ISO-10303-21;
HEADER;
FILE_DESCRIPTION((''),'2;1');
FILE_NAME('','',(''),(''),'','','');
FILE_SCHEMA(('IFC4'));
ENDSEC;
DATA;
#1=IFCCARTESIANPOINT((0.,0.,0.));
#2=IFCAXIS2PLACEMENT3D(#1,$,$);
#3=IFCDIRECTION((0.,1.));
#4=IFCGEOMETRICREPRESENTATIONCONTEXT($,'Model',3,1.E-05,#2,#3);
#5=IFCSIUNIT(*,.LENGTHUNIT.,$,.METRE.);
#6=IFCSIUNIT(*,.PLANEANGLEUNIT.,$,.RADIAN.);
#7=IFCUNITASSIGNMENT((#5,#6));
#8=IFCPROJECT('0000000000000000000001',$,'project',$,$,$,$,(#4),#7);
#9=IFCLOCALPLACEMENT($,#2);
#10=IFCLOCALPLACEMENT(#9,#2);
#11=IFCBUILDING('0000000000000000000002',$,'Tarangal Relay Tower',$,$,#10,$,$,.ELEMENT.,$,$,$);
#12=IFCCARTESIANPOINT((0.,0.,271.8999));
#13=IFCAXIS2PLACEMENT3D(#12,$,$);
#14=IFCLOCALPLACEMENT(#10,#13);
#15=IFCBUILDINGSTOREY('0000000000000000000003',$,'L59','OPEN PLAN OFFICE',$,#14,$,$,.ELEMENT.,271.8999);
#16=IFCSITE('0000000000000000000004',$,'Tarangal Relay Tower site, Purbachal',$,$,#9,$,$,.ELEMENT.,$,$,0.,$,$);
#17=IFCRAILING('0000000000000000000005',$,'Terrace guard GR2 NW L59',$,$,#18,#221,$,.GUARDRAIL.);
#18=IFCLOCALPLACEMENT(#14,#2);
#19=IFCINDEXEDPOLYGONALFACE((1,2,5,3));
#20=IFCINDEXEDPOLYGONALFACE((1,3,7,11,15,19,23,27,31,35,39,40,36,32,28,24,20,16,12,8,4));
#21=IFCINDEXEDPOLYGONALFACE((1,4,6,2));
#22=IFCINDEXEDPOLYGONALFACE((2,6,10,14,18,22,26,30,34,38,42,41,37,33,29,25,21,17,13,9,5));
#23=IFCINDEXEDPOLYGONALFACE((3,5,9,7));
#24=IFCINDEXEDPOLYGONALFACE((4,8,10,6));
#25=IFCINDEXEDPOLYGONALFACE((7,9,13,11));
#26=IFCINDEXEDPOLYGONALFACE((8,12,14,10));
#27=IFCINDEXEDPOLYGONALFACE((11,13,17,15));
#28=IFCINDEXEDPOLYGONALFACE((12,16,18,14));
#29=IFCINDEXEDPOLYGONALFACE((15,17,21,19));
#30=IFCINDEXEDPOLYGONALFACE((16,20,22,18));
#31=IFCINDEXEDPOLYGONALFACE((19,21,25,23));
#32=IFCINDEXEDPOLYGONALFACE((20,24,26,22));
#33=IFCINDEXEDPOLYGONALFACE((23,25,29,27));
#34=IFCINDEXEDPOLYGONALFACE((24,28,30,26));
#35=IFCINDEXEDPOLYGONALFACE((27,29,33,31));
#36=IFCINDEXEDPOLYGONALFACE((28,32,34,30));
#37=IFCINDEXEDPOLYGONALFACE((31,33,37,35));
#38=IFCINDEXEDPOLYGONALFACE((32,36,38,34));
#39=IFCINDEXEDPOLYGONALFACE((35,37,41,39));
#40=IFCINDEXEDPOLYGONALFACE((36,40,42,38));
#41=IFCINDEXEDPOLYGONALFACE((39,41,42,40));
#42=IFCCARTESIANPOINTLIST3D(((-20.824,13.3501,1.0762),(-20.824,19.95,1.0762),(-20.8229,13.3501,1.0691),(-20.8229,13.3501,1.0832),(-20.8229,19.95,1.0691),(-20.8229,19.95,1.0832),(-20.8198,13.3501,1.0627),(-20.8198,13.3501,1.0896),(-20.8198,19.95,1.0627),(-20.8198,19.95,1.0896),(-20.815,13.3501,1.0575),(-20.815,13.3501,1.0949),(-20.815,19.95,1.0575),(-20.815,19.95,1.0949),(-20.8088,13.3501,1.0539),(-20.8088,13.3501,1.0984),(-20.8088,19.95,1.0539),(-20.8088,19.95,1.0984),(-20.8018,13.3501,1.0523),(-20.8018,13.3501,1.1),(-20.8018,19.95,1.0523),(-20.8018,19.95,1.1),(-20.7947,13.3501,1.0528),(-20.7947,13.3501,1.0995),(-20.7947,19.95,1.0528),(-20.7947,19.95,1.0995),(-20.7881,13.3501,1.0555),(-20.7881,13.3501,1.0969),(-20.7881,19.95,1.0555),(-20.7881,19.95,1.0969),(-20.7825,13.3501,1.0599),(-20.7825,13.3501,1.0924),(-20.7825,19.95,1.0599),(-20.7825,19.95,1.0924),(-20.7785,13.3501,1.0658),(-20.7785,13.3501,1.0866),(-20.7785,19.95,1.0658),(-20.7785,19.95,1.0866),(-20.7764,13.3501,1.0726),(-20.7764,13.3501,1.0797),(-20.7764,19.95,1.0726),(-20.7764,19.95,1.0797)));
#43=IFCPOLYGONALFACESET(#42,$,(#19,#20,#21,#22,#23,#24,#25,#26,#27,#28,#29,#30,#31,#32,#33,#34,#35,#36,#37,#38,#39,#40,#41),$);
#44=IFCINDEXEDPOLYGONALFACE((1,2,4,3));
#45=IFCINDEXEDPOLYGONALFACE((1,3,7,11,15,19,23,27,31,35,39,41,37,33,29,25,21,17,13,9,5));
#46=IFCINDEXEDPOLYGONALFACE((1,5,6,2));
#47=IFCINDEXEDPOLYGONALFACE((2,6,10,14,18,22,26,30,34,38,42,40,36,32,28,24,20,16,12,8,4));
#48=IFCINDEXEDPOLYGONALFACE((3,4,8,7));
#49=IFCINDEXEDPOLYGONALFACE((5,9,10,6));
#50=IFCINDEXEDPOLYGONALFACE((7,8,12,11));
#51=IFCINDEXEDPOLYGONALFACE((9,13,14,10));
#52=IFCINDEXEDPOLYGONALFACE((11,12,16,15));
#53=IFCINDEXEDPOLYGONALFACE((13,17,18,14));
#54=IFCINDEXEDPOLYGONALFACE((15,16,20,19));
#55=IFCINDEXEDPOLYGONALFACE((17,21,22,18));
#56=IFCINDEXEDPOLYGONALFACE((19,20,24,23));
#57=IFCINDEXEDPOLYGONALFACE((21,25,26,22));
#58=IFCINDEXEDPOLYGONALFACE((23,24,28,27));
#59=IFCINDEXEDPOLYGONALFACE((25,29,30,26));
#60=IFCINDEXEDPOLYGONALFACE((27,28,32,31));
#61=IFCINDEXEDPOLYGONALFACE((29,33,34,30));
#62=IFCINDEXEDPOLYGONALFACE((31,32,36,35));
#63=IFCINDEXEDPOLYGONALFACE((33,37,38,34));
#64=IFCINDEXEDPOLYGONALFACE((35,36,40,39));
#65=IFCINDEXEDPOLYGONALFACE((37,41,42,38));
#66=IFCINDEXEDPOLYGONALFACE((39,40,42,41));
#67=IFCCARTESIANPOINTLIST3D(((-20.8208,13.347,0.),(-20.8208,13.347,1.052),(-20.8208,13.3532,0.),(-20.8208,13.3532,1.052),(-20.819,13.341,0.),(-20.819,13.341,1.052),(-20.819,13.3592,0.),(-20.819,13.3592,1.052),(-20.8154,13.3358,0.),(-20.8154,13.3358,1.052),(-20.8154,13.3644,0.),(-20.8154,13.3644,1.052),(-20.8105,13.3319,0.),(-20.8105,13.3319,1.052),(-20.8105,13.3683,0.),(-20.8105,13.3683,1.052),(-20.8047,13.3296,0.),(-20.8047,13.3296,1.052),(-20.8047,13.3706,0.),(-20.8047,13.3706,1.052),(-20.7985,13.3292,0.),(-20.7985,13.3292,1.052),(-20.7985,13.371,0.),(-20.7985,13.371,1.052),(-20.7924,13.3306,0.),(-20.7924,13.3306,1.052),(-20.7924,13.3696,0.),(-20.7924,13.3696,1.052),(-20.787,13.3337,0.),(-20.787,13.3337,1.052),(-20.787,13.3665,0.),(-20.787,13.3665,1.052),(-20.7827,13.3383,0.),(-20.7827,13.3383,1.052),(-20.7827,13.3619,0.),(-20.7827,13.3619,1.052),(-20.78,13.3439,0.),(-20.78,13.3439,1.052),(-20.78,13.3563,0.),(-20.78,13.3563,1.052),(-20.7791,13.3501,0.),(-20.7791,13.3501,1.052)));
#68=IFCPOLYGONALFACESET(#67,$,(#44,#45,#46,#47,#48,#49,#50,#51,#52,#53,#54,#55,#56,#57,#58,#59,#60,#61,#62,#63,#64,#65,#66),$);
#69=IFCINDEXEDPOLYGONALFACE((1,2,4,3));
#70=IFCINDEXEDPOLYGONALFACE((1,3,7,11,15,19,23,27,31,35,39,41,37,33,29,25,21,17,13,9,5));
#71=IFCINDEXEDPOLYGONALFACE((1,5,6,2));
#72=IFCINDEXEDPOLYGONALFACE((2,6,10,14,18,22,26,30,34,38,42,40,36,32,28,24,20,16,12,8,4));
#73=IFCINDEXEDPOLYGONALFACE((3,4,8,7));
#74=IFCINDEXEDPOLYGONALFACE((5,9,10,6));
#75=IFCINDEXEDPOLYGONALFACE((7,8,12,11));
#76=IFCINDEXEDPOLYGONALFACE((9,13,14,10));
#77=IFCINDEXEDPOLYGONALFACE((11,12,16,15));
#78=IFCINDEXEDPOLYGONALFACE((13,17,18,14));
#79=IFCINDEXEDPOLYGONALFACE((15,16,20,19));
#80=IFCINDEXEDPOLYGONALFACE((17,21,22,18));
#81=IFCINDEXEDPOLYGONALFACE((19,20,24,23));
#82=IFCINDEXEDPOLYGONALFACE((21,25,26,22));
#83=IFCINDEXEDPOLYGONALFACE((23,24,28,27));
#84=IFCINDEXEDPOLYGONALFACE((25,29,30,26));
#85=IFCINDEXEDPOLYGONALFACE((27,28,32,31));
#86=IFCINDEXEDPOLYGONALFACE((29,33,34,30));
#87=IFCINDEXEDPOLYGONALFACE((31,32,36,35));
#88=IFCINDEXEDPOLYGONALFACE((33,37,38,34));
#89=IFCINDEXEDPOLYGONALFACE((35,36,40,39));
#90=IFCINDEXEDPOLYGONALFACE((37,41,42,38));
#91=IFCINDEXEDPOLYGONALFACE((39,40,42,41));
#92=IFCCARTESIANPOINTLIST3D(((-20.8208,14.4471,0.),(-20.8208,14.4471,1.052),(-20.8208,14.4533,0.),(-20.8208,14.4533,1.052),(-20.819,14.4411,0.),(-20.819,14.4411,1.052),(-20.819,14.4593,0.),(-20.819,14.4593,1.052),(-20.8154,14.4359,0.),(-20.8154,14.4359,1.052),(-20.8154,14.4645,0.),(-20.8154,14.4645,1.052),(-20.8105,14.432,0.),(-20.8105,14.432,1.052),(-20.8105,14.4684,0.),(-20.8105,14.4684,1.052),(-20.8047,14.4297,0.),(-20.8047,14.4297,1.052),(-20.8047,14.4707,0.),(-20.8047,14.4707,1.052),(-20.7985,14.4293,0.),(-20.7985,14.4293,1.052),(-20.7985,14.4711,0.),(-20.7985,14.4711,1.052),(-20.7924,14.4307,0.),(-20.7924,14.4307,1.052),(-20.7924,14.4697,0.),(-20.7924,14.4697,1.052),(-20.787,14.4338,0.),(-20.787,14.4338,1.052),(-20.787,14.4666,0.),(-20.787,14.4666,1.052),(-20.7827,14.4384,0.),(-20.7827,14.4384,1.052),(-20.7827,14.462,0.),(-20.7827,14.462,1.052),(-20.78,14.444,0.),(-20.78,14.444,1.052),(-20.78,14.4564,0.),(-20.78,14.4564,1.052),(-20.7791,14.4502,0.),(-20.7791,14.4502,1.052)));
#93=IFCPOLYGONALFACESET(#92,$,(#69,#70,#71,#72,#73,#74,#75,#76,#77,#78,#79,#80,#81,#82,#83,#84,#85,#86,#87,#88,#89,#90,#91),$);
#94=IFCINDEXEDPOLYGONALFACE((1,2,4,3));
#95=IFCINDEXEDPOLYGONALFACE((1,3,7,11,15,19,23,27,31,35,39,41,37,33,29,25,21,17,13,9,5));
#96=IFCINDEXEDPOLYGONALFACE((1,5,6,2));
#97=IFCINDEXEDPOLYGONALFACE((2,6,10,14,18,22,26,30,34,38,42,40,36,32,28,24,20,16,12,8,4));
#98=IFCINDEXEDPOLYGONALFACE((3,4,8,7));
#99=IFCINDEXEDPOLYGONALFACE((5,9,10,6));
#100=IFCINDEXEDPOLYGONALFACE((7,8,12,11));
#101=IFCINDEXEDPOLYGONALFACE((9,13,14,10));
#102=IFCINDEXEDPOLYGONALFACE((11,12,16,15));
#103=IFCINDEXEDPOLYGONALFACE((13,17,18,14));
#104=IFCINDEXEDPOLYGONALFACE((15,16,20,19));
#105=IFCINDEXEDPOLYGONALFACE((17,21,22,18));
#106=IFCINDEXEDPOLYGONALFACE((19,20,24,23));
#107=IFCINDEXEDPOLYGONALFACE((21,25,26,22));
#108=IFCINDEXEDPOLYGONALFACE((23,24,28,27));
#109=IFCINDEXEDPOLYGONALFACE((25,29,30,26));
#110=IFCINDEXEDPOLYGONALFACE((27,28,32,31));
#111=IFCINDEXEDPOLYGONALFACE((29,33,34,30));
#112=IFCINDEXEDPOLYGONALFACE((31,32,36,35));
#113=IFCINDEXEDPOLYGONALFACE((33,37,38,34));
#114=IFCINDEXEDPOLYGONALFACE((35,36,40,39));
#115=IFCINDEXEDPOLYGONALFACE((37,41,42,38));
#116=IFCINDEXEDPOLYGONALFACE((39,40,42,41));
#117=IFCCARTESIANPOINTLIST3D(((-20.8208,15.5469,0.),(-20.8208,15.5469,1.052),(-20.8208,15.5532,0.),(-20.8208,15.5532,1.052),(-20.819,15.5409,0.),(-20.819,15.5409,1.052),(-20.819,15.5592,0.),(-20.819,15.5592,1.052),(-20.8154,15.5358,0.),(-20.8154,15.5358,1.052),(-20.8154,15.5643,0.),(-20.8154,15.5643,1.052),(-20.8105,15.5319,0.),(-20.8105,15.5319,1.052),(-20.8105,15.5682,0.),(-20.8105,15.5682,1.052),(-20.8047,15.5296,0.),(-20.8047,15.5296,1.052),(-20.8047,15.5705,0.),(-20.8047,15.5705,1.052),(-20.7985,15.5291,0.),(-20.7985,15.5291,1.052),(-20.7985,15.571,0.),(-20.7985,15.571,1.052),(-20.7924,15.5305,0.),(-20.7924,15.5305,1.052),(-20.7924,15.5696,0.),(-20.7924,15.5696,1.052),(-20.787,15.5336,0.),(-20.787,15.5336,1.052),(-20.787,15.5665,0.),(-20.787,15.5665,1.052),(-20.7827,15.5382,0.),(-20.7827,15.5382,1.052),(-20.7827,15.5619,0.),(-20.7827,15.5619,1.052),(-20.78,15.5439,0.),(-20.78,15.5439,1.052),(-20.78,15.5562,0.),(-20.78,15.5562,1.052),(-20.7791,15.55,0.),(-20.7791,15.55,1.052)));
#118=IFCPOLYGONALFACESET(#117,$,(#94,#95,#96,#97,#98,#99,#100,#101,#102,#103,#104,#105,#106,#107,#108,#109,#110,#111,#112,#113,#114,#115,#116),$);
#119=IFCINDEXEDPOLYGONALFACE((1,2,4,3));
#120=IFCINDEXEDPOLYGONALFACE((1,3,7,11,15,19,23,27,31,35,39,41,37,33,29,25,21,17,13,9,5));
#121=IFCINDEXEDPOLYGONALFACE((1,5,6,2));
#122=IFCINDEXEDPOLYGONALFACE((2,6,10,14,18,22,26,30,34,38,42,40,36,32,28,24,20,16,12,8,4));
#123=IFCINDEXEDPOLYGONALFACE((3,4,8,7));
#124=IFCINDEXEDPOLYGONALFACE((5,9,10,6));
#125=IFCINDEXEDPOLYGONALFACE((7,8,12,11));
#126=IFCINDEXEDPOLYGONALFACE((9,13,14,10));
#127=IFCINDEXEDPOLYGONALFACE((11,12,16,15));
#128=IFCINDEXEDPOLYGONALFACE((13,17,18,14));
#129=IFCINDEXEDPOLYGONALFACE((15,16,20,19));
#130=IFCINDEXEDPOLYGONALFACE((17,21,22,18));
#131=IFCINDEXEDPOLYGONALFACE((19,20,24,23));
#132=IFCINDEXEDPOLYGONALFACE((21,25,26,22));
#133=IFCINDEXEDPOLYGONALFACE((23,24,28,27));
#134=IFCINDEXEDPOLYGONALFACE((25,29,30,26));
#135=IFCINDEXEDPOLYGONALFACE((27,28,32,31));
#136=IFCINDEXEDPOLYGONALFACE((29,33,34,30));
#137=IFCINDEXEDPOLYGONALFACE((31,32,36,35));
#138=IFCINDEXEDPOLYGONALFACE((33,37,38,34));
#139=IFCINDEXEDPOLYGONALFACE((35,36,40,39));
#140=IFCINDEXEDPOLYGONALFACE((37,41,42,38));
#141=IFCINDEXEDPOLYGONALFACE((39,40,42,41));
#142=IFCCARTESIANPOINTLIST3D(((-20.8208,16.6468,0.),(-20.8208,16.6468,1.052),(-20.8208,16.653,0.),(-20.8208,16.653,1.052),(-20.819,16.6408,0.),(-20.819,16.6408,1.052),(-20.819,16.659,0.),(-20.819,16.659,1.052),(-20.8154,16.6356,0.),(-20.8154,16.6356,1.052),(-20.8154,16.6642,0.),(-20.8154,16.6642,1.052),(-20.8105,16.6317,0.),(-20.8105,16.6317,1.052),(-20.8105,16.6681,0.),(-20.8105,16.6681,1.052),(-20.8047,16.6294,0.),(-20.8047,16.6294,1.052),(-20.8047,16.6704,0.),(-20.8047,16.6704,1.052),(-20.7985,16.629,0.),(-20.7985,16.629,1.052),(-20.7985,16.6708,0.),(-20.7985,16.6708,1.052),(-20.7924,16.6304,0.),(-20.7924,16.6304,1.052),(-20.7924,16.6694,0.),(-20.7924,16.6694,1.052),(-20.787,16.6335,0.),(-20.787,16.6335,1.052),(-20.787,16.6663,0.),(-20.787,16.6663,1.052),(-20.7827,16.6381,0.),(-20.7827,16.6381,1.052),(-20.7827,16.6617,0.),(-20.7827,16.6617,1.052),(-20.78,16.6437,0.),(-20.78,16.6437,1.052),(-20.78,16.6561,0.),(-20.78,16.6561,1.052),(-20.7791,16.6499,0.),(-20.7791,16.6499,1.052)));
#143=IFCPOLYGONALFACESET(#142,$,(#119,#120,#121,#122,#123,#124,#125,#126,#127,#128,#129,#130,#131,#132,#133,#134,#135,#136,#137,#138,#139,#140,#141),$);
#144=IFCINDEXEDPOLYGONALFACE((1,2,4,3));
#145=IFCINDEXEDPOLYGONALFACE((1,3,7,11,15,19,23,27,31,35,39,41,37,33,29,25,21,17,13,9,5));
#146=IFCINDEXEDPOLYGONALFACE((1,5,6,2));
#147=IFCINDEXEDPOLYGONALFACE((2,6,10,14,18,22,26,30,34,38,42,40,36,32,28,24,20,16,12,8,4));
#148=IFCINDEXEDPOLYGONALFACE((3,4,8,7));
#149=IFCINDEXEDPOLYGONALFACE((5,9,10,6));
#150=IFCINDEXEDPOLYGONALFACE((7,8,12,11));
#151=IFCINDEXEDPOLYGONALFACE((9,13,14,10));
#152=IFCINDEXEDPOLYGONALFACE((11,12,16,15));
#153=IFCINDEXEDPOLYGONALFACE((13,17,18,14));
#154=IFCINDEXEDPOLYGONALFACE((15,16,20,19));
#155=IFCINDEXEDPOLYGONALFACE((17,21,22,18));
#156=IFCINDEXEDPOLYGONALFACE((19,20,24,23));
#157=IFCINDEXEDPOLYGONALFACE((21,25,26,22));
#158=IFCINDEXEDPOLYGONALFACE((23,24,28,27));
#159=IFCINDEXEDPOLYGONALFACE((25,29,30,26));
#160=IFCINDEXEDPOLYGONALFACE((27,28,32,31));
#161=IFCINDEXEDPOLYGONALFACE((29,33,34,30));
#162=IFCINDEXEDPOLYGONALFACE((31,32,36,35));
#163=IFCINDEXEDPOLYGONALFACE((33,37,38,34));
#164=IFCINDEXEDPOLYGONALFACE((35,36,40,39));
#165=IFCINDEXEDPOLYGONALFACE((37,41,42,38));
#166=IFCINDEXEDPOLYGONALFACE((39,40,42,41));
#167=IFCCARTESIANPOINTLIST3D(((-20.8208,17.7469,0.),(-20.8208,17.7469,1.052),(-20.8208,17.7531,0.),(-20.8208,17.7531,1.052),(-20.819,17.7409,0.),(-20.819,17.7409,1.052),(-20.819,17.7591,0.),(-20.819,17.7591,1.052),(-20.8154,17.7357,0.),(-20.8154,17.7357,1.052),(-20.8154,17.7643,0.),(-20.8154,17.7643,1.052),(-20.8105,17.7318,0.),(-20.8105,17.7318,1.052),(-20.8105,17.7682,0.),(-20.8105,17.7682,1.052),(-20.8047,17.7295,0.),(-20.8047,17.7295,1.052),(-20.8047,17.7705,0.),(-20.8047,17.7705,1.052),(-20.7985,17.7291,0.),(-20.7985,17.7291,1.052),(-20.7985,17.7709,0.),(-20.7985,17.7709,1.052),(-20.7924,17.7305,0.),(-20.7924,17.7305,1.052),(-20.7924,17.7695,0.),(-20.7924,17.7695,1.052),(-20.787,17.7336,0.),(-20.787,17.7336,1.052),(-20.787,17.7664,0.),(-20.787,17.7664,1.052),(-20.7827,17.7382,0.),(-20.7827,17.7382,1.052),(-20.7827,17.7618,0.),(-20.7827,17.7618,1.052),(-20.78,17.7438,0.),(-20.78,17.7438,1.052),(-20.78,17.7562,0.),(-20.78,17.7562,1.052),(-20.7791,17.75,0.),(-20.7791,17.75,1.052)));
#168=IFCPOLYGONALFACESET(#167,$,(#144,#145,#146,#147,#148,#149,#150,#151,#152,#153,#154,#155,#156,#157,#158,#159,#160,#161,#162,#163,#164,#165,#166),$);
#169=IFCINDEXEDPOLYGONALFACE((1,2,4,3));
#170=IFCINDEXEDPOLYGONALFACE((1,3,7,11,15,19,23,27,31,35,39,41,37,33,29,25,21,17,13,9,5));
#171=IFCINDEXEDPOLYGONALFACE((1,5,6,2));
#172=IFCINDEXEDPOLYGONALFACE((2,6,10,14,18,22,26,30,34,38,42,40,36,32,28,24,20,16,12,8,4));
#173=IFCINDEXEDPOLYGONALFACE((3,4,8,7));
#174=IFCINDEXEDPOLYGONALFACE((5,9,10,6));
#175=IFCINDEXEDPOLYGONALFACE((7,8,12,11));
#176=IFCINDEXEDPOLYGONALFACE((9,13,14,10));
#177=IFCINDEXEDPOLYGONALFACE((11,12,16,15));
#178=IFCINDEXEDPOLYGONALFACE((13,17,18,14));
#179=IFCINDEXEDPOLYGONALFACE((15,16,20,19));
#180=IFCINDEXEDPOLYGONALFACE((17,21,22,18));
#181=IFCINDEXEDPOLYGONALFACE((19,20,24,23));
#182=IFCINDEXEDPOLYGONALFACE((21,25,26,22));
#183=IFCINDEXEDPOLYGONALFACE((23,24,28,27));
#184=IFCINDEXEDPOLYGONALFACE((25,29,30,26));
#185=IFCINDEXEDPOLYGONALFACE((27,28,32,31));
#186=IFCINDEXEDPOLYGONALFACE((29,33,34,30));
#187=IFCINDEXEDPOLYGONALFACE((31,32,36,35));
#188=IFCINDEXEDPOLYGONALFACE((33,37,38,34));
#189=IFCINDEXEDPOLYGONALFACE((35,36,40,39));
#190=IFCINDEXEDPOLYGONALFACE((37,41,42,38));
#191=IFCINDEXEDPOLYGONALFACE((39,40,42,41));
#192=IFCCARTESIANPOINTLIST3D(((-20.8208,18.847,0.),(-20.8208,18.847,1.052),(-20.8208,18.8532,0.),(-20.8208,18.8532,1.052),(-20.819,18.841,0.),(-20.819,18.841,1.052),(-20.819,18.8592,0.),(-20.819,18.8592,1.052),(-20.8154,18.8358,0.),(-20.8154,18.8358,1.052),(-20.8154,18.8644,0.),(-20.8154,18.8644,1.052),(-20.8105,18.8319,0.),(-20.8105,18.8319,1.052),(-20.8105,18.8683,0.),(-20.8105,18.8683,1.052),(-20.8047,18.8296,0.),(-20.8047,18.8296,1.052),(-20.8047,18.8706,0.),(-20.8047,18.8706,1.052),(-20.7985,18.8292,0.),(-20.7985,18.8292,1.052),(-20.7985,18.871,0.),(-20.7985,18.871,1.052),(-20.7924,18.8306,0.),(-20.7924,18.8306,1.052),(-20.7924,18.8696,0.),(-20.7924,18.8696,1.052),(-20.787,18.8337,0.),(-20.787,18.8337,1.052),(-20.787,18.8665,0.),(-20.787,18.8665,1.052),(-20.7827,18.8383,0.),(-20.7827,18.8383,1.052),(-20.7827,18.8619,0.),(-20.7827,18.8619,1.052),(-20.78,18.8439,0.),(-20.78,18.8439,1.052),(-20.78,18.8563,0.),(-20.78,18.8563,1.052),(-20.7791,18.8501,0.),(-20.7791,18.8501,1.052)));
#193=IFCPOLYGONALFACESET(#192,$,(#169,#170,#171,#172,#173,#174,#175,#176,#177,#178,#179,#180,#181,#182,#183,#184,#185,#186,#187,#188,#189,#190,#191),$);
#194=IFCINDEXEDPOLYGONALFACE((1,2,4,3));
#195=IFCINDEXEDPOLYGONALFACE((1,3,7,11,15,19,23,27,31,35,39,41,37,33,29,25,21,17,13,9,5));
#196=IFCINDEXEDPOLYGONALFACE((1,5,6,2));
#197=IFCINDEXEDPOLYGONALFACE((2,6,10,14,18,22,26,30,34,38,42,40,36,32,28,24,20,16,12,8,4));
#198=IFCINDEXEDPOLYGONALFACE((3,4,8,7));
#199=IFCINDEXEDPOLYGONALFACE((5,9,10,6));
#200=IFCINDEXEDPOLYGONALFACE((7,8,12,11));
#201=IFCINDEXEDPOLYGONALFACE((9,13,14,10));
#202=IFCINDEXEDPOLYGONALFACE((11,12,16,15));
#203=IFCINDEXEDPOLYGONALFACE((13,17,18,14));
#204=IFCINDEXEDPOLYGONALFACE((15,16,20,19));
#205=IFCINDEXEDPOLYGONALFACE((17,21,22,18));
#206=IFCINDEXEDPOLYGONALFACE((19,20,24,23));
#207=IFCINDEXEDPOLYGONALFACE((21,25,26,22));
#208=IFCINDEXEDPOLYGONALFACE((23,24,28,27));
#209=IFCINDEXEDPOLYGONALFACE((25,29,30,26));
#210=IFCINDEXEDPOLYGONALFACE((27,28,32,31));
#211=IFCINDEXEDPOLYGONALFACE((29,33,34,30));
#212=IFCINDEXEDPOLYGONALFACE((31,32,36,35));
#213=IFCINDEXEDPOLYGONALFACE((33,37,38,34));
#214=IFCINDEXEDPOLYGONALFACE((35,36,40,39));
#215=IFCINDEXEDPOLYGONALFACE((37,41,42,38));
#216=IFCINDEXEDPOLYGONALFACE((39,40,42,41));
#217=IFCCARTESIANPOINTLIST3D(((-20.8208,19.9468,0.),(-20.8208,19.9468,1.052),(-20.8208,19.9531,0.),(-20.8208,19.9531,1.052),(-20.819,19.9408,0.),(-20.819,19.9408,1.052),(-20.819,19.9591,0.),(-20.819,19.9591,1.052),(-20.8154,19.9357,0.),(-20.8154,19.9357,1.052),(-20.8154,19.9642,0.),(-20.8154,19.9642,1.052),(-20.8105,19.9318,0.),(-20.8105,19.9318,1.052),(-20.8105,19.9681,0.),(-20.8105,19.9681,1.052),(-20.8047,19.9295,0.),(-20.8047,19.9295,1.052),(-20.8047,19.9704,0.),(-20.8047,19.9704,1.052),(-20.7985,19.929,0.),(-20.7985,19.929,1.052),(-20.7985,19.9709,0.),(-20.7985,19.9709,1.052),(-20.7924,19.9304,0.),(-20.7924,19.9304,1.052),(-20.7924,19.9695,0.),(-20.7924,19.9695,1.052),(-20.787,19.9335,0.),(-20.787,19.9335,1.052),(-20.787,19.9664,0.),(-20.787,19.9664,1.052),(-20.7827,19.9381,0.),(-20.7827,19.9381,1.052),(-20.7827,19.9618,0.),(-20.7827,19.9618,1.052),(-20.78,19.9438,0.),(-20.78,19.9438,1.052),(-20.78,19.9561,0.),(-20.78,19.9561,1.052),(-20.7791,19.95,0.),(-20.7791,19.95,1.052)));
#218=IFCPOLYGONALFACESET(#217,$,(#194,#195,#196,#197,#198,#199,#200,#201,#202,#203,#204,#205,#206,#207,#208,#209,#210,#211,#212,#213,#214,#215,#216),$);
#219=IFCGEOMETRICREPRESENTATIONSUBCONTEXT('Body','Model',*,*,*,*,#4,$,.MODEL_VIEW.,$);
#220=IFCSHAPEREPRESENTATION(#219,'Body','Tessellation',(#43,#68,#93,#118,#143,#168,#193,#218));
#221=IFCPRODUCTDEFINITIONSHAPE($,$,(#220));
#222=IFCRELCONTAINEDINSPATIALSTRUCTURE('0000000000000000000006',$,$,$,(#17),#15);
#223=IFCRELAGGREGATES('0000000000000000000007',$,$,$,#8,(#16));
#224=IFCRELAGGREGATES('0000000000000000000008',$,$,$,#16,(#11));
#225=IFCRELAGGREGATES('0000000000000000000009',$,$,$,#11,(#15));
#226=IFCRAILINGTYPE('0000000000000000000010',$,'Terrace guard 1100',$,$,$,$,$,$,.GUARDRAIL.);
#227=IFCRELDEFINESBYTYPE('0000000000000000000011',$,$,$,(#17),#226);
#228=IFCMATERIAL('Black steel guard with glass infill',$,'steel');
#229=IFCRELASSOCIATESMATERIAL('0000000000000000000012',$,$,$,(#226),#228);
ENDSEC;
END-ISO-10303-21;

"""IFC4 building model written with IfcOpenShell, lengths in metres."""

from ifc_helpers import new_model, si_unit, direction, frame, origin, origin_2d, place, context, subcontext, project, spatial, circle, extrude, material, type_object, element, save


model = new_model("IFC4")

# Units and contexts
model_context = context("Model", 3, precision=1e-05, world=origin(), true_north=direction((0.0, 1.0)))
body_context = subcontext(model_context, "Body", "Model", "MODEL_VIEW")
ifc_project = project(units=[si_unit("LENGTHUNIT", "METRE"), si_unit("PLANEANGLEUNIT", "RADIAN")], contexts=[model_context])

# Site, building, storey
site_placement = place(None, origin())
site = spatial("IfcSite", under=ifc_project, at=site_placement, Name="Tarangal Relay Tower site, Purbachal", CompositionType="ELEMENT", RefElevation=0.0)
building_placement = place(site_placement, origin())
building = spatial("IfcBuilding", under=site, at=building_placement, Name="Tarangal Relay Tower", CompositionType="ELEMENT")
storey_placement = place(building_placement, frame((0.0, 0.0, 271.8999)))
storey = spatial("IfcBuildingStorey", under=building, at=storey_placement, Name="L59", Description="OPEN PLAN OFFICE", CompositionType="ELEMENT", Elevation=271.8999)

# Railing
ifc_material_1 = material(Name="Black steel guard with glass infill", Category="steel")
railing_type = type_object("IfcRailingType", Name="Terrace guard 1100", PredefinedType="GUARDRAIL", material=ifc_material_1)
railing_1_placement = place(storey_placement, frame((-20.8, 13.3501, 0.0)))
element("IfcRailing", 1, at=railing_1_placement, inside=storey, type_object=railing_type, Name="Terrace guard GR2 NW L59", PredefinedType="GUARDRAIL", context=body_context, shape_type="SweptSolid", body=[
    extrude(circle(Radius=0.0239, at=origin_2d()), frame((0.0, 0.0, 1.0762), z_axis=(0.0, 1.0, 0.0), x_axis=(-1.0, 0.0, 0.0)), (0.0, 0.0, 1.0), 6.5999),
    extrude(circle(Radius=0.021, at=origin_2d()), origin(), (0.0, 0.0, 1.0), 1.052),
    extrude(circle(Radius=0.021, at=origin_2d()), frame((0.0, 1.1001, 0.0)), (0.0, 0.0, 1.0), 1.052),
    extrude(circle(Radius=0.021, at=origin_2d()), frame((0.0, 2.2, 0.0)), (0.0, 0.0, 1.0), 1.052),
    extrude(circle(Radius=0.021, at=origin_2d()), frame((0.0, 3.2998, 0.0)), (0.0, 0.0, 1.0), 1.052),
    extrude(circle(Radius=0.021, at=origin_2d()), frame((0.0, 4.3999, 0.0)), (0.0, 0.0, 1.0), 1.052),
    extrude(circle(Radius=0.021, at=origin_2d()), frame((0.0, 5.5, 0.0)), (0.0, 0.0, 1.0), 1.052),
    extrude(circle(Radius=0.021, at=origin_2d()), frame((0.0, 6.5999, 0.0)), (0.0, 0.0, 1.0), 1.052),
])

save(model, "model.ifc")
